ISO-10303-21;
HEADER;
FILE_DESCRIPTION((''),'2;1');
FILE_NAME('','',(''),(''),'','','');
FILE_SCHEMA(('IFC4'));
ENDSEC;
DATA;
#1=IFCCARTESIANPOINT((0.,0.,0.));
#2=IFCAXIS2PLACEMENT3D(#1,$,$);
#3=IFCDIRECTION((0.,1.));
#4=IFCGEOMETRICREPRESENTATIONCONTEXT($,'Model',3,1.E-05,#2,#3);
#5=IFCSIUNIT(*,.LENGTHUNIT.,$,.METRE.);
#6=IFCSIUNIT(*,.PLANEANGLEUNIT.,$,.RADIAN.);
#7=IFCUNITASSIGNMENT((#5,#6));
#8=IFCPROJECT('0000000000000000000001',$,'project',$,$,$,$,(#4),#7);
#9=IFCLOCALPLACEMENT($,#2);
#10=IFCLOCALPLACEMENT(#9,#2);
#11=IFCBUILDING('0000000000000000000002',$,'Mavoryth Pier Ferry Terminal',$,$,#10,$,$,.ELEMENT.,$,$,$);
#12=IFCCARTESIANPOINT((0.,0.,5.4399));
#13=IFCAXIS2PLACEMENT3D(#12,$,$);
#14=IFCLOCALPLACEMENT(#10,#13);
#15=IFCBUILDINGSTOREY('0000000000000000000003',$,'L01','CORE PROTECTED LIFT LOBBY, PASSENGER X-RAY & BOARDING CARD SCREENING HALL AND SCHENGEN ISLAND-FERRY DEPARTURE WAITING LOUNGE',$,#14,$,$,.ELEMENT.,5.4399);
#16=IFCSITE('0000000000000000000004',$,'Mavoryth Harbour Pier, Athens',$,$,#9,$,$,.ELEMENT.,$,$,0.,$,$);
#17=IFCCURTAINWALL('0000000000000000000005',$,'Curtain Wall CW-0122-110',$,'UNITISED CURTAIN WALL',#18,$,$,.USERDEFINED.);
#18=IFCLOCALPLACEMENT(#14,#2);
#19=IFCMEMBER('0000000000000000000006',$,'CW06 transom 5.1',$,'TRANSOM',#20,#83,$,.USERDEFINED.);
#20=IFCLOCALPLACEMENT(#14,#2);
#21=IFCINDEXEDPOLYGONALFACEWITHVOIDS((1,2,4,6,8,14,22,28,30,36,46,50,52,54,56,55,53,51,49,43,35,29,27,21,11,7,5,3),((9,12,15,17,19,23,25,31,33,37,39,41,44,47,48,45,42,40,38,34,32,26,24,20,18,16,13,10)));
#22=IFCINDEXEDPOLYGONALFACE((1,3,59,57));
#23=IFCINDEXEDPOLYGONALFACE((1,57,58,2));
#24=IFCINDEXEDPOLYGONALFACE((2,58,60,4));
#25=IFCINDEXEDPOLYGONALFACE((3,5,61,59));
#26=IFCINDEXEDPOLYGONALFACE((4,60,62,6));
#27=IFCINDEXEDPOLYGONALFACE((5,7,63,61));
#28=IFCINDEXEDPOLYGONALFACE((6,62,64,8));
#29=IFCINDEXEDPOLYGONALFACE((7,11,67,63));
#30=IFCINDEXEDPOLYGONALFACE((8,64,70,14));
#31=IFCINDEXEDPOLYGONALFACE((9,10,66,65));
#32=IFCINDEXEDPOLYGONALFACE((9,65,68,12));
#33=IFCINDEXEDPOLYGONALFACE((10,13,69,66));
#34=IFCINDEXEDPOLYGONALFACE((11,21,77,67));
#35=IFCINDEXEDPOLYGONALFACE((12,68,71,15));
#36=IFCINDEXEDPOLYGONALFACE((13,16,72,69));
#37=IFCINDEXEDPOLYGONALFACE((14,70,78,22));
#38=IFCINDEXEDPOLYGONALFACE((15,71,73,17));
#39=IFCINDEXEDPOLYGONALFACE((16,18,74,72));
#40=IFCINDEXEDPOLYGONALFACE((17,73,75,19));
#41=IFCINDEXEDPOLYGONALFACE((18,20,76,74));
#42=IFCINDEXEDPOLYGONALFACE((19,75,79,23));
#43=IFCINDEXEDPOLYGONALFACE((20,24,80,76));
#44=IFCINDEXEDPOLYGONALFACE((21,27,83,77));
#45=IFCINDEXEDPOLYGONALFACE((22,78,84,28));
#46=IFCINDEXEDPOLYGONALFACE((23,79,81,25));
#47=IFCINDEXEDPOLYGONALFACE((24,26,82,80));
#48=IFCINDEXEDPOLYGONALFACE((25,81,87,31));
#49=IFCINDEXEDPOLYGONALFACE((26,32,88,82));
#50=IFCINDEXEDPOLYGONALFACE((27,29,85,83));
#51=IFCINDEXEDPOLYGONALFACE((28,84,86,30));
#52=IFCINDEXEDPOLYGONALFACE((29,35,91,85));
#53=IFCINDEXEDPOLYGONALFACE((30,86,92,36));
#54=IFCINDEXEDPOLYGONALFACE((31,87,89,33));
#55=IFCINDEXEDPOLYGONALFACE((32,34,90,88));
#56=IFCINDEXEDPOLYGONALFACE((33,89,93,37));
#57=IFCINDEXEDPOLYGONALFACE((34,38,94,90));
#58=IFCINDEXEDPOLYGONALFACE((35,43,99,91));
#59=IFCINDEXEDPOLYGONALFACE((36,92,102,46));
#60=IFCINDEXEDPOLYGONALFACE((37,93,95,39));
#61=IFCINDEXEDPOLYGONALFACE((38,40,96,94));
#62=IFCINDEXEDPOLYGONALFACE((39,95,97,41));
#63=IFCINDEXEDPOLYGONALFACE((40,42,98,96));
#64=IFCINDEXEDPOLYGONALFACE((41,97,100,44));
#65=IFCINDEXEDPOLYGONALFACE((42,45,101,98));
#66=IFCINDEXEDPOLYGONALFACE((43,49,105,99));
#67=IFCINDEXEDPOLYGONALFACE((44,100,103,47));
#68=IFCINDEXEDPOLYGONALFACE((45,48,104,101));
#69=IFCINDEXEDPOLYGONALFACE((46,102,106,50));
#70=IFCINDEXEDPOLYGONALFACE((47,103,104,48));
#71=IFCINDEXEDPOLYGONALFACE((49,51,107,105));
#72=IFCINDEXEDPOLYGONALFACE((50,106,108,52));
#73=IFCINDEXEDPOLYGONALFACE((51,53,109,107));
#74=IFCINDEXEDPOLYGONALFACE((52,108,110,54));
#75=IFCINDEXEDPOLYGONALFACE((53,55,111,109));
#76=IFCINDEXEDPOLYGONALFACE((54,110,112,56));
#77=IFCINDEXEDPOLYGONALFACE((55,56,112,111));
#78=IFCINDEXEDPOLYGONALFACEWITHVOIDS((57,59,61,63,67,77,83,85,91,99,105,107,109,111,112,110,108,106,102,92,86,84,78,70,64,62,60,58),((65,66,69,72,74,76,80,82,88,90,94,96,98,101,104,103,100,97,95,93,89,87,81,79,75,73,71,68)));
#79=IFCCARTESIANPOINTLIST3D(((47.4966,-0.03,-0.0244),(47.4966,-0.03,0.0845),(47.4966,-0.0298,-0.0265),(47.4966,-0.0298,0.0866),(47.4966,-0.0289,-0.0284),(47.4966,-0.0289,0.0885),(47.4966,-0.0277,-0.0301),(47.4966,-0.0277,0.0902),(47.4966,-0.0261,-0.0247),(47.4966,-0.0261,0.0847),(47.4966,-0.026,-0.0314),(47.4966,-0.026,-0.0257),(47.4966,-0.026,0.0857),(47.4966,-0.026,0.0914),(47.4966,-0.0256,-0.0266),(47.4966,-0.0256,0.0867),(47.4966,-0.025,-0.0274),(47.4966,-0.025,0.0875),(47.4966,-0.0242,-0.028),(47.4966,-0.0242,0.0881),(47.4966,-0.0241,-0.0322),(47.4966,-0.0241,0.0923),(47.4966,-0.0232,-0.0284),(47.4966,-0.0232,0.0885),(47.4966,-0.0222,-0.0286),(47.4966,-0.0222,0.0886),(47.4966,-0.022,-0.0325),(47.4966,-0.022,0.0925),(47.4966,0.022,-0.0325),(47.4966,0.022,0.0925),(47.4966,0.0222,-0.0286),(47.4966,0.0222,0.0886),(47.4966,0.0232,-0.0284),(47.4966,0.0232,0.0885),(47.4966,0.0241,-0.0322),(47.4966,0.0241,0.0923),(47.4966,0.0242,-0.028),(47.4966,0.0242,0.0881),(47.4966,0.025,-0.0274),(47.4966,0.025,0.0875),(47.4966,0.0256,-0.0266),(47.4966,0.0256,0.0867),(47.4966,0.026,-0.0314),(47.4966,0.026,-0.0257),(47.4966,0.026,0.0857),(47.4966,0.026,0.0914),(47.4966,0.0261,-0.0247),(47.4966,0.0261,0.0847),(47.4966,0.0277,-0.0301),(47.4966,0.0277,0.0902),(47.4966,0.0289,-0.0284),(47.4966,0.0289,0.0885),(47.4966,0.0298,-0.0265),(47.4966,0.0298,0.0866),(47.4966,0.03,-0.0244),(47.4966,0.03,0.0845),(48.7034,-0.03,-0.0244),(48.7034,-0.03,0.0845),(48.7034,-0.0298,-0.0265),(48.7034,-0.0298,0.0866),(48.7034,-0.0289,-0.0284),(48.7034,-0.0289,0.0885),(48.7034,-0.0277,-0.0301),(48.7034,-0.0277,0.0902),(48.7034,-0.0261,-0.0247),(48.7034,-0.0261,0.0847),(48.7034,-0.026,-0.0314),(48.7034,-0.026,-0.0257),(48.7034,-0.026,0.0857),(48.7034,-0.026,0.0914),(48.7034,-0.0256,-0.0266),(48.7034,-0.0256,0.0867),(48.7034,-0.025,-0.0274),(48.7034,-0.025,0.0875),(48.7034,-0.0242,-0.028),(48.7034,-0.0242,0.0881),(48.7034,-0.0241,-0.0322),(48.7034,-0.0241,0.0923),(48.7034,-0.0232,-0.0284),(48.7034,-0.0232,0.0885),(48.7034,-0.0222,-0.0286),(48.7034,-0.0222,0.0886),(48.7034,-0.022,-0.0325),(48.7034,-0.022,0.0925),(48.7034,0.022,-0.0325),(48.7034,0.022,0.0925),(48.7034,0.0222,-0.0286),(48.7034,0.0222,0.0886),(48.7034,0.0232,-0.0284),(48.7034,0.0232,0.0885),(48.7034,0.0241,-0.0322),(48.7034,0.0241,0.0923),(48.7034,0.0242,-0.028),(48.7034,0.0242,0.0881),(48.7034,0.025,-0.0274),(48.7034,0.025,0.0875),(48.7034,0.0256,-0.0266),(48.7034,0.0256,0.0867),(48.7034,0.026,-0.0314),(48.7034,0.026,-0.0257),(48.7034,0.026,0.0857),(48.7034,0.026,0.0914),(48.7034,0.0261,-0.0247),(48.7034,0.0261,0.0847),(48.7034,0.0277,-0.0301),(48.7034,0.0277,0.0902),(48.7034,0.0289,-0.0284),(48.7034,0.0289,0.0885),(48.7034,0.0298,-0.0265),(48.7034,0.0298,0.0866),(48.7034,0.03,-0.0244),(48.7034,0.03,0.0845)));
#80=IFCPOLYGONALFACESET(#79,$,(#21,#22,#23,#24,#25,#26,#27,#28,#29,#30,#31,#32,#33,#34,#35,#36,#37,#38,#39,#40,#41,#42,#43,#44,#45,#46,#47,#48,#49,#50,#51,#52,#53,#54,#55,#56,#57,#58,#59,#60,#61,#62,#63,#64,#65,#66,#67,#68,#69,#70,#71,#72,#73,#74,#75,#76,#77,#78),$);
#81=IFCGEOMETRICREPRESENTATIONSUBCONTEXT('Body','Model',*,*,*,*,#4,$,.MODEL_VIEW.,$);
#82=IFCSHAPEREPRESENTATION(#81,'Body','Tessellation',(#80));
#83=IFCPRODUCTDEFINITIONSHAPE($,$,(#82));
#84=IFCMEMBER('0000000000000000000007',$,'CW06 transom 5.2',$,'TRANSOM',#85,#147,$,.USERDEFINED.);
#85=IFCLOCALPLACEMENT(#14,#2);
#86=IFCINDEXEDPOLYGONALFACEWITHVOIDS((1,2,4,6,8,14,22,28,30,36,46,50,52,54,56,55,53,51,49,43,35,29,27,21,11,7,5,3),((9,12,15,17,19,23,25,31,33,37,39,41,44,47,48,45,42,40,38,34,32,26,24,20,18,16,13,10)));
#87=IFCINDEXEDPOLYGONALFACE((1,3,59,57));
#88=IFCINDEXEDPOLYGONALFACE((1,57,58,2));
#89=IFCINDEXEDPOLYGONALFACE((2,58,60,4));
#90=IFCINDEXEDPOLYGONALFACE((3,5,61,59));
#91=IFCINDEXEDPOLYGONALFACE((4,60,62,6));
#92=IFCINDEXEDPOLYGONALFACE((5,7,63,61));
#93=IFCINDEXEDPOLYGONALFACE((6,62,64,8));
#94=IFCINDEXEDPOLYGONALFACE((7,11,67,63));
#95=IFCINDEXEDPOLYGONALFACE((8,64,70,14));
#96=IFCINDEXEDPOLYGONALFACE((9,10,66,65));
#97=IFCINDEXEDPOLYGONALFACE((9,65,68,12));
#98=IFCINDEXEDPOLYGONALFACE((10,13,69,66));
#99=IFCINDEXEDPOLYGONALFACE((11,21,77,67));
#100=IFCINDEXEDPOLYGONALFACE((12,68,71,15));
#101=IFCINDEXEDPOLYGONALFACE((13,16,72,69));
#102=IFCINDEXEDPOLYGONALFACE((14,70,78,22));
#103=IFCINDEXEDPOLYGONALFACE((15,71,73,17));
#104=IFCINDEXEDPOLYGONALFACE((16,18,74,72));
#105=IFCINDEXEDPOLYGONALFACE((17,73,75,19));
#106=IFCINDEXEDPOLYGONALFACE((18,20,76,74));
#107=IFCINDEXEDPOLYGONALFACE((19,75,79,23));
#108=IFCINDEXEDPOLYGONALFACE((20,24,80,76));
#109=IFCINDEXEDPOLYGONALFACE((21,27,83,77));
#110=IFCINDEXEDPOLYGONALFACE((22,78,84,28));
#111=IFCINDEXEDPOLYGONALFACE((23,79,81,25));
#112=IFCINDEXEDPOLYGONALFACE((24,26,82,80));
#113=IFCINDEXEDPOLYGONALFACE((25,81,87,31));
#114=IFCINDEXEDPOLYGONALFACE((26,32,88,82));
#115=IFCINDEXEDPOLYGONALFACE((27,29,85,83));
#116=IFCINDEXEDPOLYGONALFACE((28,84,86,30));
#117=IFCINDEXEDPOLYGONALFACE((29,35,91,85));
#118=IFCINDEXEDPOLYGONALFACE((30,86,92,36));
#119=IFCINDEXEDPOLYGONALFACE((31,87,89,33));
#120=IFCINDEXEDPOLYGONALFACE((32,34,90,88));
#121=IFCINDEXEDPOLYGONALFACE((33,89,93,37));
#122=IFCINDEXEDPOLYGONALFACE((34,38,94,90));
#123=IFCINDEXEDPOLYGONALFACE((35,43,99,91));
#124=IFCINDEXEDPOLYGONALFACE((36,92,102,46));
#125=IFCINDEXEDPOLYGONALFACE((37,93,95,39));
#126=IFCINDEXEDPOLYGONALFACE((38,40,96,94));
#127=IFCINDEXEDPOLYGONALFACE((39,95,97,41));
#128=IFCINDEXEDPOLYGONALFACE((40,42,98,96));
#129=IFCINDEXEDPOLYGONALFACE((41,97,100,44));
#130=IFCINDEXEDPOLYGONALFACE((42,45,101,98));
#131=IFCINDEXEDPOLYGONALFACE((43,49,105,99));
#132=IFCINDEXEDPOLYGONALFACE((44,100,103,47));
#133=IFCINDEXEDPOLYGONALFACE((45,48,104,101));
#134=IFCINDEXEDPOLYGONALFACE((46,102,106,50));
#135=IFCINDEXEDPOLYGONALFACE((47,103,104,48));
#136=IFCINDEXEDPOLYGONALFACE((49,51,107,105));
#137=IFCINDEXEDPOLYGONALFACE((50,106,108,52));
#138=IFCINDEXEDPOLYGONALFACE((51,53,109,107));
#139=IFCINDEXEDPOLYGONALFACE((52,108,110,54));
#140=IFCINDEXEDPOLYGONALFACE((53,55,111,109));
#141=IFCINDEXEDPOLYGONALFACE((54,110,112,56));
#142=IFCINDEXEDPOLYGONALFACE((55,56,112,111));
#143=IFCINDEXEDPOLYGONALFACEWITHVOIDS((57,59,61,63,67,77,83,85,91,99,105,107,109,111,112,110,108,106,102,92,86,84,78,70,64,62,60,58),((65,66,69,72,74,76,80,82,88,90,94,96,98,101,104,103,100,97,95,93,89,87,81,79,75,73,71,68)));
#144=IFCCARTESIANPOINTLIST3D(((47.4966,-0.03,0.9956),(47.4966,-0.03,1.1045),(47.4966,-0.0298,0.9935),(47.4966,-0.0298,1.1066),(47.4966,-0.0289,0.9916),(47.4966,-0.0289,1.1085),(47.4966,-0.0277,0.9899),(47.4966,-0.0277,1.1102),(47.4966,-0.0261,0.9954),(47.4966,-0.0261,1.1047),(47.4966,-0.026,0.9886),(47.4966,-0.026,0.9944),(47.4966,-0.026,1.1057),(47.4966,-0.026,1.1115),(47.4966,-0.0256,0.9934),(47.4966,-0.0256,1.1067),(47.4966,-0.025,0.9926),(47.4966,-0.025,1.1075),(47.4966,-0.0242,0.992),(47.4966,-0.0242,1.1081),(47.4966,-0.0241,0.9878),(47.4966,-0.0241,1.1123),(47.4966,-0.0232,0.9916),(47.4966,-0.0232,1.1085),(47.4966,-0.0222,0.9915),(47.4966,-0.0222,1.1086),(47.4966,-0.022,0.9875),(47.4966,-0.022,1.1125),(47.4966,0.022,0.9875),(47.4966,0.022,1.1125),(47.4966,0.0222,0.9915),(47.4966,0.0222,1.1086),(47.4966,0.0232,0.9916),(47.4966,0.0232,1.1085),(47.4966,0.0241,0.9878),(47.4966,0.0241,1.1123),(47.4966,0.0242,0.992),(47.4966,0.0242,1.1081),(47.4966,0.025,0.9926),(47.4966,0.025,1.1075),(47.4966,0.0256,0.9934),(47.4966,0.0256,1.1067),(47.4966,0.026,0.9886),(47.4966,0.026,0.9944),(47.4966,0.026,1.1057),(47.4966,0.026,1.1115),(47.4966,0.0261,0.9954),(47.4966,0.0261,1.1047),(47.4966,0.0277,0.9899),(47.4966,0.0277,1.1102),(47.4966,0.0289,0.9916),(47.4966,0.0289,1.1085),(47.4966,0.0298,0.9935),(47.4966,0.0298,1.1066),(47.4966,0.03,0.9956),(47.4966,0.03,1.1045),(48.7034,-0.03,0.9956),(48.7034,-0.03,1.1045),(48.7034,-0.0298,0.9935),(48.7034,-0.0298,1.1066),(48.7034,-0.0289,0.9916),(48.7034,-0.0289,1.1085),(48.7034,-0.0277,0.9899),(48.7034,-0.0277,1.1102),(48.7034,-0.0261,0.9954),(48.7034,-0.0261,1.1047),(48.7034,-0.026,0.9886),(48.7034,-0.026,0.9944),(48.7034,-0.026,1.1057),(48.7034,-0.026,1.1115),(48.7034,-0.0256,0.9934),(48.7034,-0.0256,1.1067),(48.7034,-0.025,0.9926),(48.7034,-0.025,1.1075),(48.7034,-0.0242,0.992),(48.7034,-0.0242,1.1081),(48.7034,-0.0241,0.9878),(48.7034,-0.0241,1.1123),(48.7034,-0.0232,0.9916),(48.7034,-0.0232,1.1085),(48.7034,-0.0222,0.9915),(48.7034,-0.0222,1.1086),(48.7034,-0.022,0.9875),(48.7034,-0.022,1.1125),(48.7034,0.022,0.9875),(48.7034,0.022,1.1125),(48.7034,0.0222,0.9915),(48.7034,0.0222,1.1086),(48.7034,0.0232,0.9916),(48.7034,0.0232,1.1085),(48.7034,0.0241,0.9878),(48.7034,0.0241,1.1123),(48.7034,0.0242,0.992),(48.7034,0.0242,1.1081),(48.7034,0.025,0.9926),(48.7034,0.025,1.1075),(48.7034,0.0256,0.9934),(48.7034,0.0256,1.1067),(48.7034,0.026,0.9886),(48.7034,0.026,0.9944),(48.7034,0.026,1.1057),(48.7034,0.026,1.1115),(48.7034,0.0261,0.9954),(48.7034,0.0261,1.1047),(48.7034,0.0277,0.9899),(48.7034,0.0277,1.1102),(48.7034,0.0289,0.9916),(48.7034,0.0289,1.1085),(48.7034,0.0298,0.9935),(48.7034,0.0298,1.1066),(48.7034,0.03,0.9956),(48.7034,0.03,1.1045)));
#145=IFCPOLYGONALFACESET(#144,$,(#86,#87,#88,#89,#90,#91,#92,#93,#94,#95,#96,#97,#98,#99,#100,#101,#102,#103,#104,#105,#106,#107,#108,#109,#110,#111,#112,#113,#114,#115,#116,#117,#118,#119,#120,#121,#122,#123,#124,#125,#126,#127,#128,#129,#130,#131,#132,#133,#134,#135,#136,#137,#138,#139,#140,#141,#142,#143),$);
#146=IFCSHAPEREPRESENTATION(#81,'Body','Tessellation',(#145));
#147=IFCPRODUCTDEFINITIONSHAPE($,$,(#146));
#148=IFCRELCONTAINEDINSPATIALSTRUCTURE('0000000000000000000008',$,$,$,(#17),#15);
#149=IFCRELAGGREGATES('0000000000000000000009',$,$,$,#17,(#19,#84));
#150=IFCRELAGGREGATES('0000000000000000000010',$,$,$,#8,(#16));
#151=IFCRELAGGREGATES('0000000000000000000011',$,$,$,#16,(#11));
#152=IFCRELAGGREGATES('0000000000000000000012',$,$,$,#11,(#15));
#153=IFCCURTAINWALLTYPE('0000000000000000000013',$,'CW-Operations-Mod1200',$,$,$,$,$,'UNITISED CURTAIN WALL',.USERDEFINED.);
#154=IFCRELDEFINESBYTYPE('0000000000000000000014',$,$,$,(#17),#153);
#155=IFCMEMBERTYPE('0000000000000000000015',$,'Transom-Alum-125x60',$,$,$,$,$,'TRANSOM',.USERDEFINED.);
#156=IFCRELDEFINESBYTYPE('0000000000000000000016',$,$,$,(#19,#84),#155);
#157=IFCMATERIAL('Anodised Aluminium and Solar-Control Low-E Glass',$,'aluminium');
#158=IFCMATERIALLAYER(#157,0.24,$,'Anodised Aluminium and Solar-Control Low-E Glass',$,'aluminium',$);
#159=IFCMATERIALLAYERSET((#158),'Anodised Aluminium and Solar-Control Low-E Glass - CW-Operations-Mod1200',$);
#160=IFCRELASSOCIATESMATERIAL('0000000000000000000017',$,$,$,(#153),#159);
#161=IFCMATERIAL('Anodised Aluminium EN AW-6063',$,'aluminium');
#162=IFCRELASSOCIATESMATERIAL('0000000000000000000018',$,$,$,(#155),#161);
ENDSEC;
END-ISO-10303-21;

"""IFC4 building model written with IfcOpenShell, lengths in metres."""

from ifc_helpers import new_model, si_unit, direction, frame, origin, origin_2d, place, context, subcontext, project, spatial, hollow_rectangle, extrude, material, layer, layer_set, material_profile, profile_set, type_object, element, aggregate, save


model = new_model("IFC4")

# Units and contexts
model_context = context("Model", 3, precision=1e-05, world=origin(), true_north=direction((0.0, 1.0)))
body_context = subcontext(model_context, "Body", "Model", "MODEL_VIEW")
ifc_project = project(units=[si_unit("LENGTHUNIT", "METRE"), si_unit("PLANEANGLEUNIT", "RADIAN")], contexts=[model_context])

# Site, building, storey
site_placement = place(None, origin())
site = spatial("IfcSite", under=ifc_project, at=site_placement, Name="Mavoryth Harbour Pier, Athens", CompositionType="ELEMENT", RefElevation=0.0)
building_placement = place(site_placement, origin())
building = spatial("IfcBuilding", under=site, at=building_placement, Name="Mavoryth Pier Ferry Terminal", CompositionType="ELEMENT")
storey_placement = place(building_placement, frame((0.0, 0.0, 5.4399)))
storey = spatial("IfcBuildingStorey", under=building, at=storey_placement, Name="L01", Description="CORE PROTECTED LIFT LOBBY, PASSENGER X-RAY & BOARDING CARD SCREENING HALL AND SCHENGEN ISLAND-FERRY DEPARTURE WAITING LOUNGE", CompositionType="ELEMENT", Elevation=5.4399)

# Curtain wall
ifc_material_1 = material(Name="Anodised Aluminium and Solar-Control Low-E Glass", Category="aluminium")
ifc_layer_1 = layer(ifc_material_1, 0.24, Name="Anodised Aluminium and Solar-Control Low-E Glass", Category="aluminium")
ifc_layer_set_1 = layer_set([ifc_layer_1], Name="Anodised Aluminium and Solar-Control Low-E Glass - CW-Operations-Mod1200")
curtain_wall_type = type_object("IfcCurtainWallType", Name="CW-Operations-Mod1200", ElementType="UNITISED CURTAIN WALL", PredefinedType="USERDEFINED", material=ifc_layer_set_1)
curtain_wall_1_placement = place(storey_placement, origin())
curtain_wall_1 = element("IfcCurtainWall", 1, at=curtain_wall_1_placement, inside=storey, type_object=curtain_wall_type, Name="Curtain Wall CW-0122-110", ObjectType="UNITISED CURTAIN WALL", PredefinedType="USERDEFINED")
ifc_material_2 = material(Name="Anodised Aluminium EN AW-6063", Category="aluminium")

# Members
ifc_material_profile_1 = material_profile(ifc_material_2, hollow_rectangle(XDim=0.0601, YDim=0.125, WallThickness=0.0039, InnerFilletRadius=0.0039, OuterFilletRadius=0.0081, at=origin_2d()), Name="AL-TRAN 125x60x4", Category="aluminium")
ifc_profile_set_1 = profile_set([ifc_material_profile_1], Name="Anodised Aluminium EN AW-6063 - AL-TRAN 125x60x4")
member_type_1 = type_object("IfcMemberType", Name="Transom-Alum-125x60", ElementType="TRANSOM", PredefinedType="USERDEFINED", material=ifc_profile_set_1)
member_1_placement = place(storey_placement, frame((47.4966, 0.0, 0.03), z_axis=(1.0, 0.0, 0.0), x_axis=(0.0, 1.0, 0.0)))
member_1 = element("IfcMember", 2, at=member_1_placement, type_object=member_type_1, Name="CW06 transom 5.1", ObjectType="TRANSOM", PredefinedType="USERDEFINED", context=body_context, shape_type="SweptSolid", body=[
    extrude(hollow_rectangle(XDim=0.0601, YDim=0.125, WallThickness=0.0039, InnerFilletRadius=0.0039, OuterFilletRadius=0.0081, at=origin_2d()), origin(), (0.0, 0.0, 1.0), 1.2068),
])
member_2_placement = place(storey_placement, frame((47.4966, 0.0, 1.05), z_axis=(1.0, 0.0, 0.0), x_axis=(0.0, 1.0, 0.0)))
member_2 = element("IfcMember", 3, at=member_2_placement, type_object=member_type_1, Name="CW06 transom 5.2", ObjectType="TRANSOM", PredefinedType="USERDEFINED", context=body_context, shape_type="SweptSolid", body=[
    extrude(hollow_rectangle(XDim=0.0601, YDim=0.125, WallThickness=0.0039, InnerFilletRadius=0.0039, OuterFilletRadius=0.0081, at=origin_2d()), origin(), (0.0, 0.0, 1.0), 1.2068),
])

aggregate(curtain_wall_1, [member_1, member_2])

save(model, "model.ifc")
